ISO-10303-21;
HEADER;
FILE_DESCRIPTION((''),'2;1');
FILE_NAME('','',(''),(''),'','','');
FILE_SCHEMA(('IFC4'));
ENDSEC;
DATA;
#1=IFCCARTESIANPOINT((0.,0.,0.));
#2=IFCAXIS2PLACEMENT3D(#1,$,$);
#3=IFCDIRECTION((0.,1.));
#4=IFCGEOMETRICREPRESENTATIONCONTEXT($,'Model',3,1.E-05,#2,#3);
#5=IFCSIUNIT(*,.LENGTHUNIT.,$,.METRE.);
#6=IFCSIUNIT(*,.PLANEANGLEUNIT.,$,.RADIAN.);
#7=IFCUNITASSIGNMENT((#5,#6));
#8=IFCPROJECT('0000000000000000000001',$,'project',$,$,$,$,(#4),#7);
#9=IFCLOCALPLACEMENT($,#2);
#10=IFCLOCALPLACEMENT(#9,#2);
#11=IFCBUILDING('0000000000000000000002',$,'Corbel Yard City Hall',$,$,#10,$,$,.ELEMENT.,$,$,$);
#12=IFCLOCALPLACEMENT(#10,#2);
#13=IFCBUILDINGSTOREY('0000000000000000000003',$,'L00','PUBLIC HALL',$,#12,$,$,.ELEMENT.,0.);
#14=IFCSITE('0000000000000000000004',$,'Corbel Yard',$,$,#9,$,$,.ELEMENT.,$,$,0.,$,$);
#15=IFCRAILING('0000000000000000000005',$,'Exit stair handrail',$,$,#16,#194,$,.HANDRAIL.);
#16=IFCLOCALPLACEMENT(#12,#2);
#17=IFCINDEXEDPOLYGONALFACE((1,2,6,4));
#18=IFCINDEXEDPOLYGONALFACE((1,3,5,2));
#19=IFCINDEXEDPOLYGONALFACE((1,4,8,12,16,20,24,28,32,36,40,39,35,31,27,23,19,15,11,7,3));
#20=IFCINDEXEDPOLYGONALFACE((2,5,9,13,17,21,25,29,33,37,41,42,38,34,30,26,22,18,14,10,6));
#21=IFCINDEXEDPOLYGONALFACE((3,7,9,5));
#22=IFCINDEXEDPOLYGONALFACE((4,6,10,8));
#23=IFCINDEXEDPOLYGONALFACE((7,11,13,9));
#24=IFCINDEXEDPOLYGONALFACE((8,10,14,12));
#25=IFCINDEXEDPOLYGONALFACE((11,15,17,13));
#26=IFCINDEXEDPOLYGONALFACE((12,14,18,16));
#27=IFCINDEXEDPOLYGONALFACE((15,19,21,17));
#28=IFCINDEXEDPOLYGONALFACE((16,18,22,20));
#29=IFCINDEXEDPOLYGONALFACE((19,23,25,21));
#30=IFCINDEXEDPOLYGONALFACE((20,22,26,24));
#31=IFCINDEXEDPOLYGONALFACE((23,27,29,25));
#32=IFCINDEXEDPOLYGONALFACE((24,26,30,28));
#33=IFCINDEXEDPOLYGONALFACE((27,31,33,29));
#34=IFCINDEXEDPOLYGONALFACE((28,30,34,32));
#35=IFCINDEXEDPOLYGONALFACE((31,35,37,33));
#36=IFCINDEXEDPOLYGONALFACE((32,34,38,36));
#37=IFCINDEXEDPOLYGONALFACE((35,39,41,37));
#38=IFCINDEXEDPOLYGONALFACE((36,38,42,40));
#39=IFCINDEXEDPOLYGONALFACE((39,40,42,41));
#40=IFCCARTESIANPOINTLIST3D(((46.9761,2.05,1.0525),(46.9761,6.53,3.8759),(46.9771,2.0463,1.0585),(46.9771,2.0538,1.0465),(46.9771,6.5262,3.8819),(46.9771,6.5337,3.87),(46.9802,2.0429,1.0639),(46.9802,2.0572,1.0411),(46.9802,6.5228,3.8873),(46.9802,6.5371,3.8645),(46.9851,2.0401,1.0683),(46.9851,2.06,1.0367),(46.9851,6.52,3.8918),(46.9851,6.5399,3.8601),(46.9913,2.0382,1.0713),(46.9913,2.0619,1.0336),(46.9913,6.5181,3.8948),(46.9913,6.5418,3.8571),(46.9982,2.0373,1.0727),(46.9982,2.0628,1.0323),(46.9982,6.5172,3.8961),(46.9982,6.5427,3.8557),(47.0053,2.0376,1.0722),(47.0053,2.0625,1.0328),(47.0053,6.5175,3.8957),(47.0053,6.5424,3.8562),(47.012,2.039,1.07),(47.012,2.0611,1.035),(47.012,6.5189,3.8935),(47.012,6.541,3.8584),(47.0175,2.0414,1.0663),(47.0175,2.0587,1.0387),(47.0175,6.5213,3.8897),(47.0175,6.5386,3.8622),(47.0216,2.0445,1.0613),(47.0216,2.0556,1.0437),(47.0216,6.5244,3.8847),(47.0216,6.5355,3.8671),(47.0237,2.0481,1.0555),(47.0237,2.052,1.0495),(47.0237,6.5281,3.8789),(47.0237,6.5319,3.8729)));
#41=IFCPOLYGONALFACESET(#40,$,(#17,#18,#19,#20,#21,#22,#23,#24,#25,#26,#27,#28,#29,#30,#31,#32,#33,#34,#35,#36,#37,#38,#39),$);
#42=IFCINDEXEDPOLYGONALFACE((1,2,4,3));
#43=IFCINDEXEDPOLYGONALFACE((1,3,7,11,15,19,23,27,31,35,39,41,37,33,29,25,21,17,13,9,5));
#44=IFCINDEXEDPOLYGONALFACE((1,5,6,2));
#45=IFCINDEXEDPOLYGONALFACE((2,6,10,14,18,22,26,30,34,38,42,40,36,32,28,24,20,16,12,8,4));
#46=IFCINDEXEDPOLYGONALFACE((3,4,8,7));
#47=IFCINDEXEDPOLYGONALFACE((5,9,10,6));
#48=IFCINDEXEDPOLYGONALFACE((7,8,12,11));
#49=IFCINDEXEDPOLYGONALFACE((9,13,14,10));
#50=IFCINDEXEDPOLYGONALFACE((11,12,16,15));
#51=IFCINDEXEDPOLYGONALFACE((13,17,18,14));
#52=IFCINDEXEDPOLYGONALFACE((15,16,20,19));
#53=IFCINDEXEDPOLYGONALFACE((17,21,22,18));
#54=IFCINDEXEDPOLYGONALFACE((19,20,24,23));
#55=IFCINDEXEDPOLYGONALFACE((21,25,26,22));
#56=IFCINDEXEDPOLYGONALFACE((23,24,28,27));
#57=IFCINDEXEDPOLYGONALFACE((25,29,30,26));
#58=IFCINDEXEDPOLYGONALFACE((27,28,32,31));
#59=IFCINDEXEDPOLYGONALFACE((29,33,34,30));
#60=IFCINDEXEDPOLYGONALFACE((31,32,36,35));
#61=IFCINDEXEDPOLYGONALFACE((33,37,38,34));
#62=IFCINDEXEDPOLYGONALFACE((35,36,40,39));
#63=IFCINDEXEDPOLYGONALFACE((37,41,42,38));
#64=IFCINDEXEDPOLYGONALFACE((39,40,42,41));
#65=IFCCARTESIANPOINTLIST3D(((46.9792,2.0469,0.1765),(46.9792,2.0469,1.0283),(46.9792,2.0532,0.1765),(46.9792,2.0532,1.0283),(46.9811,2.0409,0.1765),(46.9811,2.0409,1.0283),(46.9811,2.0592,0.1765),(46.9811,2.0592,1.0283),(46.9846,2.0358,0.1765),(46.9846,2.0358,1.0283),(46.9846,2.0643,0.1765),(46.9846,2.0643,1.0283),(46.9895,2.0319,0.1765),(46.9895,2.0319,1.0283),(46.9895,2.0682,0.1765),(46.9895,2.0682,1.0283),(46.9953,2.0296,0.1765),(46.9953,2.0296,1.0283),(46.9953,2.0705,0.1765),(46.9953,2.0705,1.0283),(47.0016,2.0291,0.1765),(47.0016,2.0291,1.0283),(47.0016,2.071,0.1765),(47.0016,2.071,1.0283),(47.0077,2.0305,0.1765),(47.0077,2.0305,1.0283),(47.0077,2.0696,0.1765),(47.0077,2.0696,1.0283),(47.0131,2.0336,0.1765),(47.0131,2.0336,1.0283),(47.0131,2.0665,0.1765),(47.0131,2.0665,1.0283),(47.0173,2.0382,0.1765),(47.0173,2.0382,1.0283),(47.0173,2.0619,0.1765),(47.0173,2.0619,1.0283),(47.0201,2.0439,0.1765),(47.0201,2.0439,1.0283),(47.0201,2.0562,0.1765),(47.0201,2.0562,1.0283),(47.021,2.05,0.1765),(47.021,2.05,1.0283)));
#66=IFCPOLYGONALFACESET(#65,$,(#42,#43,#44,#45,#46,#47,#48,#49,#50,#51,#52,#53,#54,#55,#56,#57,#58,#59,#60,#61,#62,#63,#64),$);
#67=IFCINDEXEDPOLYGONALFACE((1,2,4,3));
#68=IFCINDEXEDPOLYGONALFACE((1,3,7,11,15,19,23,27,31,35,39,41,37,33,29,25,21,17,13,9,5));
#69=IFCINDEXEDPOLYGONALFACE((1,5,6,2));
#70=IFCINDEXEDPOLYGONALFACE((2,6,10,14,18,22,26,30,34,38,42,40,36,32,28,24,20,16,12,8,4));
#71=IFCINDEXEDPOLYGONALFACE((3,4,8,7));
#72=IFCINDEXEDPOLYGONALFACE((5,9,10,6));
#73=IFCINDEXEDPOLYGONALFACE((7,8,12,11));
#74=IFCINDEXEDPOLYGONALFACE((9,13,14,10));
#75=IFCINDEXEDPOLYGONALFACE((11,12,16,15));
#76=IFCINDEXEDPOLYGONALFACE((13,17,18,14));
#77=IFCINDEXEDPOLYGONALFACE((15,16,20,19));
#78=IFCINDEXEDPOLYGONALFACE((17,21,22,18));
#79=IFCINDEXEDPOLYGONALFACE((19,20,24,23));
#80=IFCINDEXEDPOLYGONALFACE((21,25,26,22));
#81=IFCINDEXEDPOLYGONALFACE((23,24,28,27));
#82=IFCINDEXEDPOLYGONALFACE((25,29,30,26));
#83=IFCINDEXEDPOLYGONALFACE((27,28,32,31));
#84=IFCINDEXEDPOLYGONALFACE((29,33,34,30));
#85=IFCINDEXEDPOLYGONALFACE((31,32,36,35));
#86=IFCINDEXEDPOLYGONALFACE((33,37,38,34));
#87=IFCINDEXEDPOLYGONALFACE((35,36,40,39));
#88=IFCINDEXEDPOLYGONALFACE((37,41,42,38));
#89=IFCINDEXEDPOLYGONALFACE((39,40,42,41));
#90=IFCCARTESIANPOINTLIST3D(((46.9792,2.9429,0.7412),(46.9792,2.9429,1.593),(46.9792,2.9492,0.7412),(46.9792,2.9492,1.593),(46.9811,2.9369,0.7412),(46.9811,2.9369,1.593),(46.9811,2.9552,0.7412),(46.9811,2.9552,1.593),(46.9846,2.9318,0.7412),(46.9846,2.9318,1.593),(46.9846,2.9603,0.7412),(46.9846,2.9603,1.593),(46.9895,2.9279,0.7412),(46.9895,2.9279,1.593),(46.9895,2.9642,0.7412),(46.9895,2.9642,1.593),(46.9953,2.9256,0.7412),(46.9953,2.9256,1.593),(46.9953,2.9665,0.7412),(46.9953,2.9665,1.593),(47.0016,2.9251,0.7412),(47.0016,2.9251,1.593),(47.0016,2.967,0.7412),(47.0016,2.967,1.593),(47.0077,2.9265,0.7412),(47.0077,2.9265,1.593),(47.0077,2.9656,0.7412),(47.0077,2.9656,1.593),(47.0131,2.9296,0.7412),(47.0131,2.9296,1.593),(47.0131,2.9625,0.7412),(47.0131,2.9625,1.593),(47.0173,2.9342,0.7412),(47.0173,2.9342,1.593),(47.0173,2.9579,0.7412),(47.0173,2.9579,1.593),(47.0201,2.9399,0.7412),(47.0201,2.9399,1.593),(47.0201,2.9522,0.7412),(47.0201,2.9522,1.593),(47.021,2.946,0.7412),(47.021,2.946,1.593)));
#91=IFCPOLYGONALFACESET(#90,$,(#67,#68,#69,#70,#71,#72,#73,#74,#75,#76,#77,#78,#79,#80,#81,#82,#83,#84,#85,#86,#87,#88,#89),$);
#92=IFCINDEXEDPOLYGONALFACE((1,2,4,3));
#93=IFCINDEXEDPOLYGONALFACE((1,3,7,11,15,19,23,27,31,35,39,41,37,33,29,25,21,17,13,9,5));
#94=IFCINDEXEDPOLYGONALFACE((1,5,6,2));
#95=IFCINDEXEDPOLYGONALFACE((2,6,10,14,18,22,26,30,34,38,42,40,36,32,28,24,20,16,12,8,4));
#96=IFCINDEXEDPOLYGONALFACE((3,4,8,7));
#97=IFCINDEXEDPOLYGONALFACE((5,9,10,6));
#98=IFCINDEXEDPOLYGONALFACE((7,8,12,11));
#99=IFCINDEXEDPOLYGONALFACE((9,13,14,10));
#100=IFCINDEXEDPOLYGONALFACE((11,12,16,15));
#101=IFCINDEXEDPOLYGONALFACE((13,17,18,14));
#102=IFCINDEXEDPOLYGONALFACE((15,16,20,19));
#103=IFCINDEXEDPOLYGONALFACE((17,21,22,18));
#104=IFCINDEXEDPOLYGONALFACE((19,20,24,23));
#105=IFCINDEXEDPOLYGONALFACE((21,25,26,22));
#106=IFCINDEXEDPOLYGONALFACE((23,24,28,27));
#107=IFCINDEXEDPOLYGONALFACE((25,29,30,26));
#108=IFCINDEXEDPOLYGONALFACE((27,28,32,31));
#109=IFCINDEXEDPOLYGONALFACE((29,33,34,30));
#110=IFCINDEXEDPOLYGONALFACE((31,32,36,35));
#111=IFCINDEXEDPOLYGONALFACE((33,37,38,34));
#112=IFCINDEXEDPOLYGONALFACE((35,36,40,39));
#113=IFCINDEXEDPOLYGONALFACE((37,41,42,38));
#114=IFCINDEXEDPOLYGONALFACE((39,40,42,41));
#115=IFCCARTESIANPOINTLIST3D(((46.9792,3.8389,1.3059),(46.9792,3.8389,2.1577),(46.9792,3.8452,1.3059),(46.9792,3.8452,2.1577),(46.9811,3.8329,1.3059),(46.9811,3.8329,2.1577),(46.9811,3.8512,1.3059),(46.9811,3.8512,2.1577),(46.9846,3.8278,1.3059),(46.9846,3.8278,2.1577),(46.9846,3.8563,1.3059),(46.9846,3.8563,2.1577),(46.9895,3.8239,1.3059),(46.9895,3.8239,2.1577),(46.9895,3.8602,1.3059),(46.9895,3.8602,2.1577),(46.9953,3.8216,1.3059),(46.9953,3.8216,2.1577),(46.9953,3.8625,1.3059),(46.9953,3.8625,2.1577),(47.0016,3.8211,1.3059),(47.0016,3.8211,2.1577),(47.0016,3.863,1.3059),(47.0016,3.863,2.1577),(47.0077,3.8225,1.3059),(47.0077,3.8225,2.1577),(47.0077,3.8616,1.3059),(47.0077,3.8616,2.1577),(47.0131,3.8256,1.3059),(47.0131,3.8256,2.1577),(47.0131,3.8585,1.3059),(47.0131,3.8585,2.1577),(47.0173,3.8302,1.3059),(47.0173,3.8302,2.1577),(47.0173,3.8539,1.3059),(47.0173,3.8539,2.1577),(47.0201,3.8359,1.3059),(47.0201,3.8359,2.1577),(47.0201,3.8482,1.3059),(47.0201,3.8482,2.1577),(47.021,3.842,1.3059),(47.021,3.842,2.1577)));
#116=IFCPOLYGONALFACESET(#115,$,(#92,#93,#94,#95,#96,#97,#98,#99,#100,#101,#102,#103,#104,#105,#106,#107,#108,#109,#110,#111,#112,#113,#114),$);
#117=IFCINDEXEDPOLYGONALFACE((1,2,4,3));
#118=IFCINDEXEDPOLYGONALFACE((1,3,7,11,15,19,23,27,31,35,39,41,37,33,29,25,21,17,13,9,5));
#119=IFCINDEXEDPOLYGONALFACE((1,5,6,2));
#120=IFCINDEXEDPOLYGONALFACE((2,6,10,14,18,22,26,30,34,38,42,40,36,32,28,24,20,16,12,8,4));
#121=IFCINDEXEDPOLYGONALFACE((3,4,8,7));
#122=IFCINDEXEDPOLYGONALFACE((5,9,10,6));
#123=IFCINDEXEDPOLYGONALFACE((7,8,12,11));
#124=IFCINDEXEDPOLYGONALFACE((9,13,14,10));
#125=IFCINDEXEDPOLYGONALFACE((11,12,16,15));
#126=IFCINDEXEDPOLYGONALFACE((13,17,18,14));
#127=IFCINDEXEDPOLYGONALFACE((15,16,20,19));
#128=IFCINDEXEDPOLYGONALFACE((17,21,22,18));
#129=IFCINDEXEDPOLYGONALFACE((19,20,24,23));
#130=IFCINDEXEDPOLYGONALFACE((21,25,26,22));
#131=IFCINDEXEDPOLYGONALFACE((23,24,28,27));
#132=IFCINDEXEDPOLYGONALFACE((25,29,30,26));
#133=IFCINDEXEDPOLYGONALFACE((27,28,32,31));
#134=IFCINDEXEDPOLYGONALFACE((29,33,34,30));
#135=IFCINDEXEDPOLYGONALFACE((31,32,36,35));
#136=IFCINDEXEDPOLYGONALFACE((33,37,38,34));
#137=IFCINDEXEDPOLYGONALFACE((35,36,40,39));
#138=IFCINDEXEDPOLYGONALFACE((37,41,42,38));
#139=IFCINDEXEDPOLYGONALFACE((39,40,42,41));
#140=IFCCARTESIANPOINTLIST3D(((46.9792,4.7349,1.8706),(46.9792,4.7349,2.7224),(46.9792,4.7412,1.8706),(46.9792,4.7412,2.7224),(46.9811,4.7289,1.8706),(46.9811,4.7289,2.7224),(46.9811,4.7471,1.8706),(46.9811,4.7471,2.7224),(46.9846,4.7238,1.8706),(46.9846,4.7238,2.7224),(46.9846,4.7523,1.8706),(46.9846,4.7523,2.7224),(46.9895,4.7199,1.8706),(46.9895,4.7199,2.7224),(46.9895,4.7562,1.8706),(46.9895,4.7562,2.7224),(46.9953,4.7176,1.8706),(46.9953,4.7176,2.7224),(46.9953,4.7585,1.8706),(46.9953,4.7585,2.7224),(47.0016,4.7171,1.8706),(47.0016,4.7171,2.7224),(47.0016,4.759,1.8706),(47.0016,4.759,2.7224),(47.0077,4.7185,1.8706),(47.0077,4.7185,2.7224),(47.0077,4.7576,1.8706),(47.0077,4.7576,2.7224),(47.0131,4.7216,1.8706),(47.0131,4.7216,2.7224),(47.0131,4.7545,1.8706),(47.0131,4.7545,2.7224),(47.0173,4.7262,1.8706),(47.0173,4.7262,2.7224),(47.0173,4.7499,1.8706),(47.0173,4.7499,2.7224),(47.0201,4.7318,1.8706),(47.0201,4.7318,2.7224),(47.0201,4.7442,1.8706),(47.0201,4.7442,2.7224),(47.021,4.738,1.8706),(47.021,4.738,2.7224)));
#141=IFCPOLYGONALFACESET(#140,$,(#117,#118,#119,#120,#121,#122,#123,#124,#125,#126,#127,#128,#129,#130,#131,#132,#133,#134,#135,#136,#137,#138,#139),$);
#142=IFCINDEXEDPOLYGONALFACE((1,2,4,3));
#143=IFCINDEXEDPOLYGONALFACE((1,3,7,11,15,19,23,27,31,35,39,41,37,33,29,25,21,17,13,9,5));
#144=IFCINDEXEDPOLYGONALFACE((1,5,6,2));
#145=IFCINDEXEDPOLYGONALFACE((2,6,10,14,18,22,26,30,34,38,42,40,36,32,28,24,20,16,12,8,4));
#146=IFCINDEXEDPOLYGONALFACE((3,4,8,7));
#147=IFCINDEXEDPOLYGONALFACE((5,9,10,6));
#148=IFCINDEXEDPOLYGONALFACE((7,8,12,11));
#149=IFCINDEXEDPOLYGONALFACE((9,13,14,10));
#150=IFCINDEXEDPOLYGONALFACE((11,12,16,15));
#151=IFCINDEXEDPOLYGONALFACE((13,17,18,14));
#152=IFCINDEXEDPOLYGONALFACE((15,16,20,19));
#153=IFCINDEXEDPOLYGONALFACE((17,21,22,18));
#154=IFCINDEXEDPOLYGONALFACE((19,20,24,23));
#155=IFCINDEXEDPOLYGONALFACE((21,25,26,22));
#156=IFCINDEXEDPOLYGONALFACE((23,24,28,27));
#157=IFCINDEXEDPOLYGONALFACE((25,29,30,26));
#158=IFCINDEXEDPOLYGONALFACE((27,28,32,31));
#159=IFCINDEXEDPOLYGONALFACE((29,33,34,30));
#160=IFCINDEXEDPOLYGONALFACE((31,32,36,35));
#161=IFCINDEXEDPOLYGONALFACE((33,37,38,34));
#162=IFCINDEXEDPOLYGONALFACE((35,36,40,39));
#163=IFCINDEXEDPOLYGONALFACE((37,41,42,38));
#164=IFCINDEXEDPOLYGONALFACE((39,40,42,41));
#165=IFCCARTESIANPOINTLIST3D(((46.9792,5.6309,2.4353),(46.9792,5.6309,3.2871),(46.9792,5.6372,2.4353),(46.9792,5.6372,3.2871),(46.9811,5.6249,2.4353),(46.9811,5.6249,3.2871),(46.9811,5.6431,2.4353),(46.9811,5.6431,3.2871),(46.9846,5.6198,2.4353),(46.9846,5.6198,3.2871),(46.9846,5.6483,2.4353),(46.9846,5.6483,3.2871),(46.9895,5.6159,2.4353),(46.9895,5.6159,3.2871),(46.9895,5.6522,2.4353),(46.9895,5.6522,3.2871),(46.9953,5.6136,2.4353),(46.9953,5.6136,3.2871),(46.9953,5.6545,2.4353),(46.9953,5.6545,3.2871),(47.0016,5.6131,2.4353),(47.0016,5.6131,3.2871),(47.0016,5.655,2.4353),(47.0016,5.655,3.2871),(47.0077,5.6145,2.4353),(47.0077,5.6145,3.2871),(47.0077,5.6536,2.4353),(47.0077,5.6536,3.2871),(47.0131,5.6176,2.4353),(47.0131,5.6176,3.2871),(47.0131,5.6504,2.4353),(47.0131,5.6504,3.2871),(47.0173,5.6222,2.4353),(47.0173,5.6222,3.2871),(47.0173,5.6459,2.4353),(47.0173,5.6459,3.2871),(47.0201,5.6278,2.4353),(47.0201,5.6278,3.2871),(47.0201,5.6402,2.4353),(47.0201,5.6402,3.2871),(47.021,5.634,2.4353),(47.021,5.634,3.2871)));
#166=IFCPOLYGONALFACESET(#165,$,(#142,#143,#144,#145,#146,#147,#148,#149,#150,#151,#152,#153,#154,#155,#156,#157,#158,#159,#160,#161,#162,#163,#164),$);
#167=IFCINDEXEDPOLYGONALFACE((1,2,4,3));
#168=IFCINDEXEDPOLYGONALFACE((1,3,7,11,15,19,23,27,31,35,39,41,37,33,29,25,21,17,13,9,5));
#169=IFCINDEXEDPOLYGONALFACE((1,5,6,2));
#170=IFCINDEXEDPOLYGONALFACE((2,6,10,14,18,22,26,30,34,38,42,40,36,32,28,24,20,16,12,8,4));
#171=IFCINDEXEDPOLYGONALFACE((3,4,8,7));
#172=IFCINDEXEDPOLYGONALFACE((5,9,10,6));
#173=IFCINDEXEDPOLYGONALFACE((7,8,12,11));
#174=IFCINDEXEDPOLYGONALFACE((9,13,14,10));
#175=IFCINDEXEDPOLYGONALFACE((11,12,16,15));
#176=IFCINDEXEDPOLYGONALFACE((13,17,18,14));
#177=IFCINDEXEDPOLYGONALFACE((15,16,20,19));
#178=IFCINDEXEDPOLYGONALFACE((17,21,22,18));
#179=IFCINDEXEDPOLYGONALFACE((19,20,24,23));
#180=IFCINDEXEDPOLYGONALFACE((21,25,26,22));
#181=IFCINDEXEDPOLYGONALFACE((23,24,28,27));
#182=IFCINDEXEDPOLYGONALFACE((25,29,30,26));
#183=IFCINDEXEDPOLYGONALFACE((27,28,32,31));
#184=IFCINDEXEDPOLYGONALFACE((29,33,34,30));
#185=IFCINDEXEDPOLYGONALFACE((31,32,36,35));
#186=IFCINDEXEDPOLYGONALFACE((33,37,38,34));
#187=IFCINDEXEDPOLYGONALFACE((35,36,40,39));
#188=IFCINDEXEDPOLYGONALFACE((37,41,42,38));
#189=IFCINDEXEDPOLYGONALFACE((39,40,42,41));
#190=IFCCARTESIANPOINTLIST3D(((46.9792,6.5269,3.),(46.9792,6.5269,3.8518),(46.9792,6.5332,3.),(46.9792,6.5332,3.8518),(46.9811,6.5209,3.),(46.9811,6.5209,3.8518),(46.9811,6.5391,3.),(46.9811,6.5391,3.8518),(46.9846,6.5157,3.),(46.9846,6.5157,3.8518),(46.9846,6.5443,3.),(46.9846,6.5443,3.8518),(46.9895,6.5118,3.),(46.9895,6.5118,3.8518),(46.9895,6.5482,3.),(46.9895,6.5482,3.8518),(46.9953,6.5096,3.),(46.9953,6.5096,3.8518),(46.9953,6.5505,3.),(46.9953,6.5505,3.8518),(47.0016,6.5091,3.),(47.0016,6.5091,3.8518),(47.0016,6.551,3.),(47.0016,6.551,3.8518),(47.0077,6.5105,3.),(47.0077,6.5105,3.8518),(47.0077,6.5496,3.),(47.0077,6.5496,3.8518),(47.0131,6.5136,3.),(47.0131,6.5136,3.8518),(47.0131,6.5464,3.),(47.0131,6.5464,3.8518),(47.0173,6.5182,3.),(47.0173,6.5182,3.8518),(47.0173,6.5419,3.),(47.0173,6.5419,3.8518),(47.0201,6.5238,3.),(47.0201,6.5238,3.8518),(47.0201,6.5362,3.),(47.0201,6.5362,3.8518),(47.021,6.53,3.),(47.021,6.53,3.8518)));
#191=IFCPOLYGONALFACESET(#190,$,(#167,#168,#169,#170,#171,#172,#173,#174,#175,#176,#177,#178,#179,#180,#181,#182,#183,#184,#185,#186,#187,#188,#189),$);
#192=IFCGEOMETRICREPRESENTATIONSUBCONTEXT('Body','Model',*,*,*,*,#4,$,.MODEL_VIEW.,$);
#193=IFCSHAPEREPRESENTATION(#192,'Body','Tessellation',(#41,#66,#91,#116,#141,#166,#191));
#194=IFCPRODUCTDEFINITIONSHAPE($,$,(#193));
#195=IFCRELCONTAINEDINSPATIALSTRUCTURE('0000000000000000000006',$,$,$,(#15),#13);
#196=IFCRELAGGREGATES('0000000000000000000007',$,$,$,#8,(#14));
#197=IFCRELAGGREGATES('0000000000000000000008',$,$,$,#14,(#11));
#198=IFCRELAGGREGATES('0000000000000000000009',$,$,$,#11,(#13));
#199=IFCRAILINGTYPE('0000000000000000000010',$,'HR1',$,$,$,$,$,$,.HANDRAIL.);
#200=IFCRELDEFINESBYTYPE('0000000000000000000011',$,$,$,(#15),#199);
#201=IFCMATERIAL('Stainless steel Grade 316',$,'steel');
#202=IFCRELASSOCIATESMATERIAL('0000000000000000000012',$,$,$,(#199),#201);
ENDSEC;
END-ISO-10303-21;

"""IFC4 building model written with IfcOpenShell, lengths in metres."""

from ifc_helpers import new_model, si_unit, direction, frame, origin, origin_2d, place, context, subcontext, project, spatial, circle, extrude, material, type_object, element, save


model = new_model("IFC4")

# Units and contexts
model_context = context("Model", 3, precision=1e-05, world=origin(), true_north=direction((0.0, 1.0)))
body_context = subcontext(model_context, "Body", "Model", "MODEL_VIEW")
ifc_project = project(units=[si_unit("LENGTHUNIT", "METRE"), si_unit("PLANEANGLEUNIT", "RADIAN")], contexts=[model_context])

# Site, building, storey
site_placement = place(None, origin())
site = spatial("IfcSite", under=ifc_project, at=site_placement, Name="Corbel Yard", CompositionType="ELEMENT", RefElevation=0.0)
building_placement = place(site_placement, origin())
building = spatial("IfcBuilding", under=site, at=building_placement, Name="Corbel Yard City Hall", CompositionType="ELEMENT")
storey_placement = place(building_placement, origin())
storey = spatial("IfcBuildingStorey", under=building, at=storey_placement, Name="L00", Description="PUBLIC HALL", CompositionType="ELEMENT", Elevation=0.0)

# Shared definitions
ifc_material_1 = material(Name="Stainless steel Grade 316", Category="steel")

# Railing
railing_type = type_object("IfcRailingType", Name="HR1", PredefinedType="HANDRAIL", material=ifc_material_1)
railing_1_placement = place(storey_placement, frame((47.0, 2.05, 0.1765)))
element("IfcRailing", 1, at=railing_1_placement, inside=storey, type_object=railing_type, Name="Exit stair handrail", PredefinedType="HANDRAIL", context=body_context, shape_type="SweptSolid", body=[
    extrude(circle(Radius=0.0239, at=origin_2d()), frame((0.0, 0.0, 0.876), z_axis=(0.0, 0.845998, 0.533186), x_axis=(-1.0, 0.0, 0.0)), (0.0, 0.0, 1.0), 5.2954),
    extrude(circle(Radius=0.021, at=origin_2d()), origin(), (0.0, 0.0, 1.0), 0.8518),
    extrude(circle(Radius=0.021, at=origin_2d()), frame((0.0, 0.896, 0.5647)), (0.0, 0.0, 1.0), 0.8518),
    extrude(circle(Radius=0.021, at=origin_2d()), frame((0.0, 1.792, 1.1294)), (0.0, 0.0, 1.0), 0.8518),
    extrude(circle(Radius=0.021, at=origin_2d()), frame((0.0, 2.688, 1.6941)), (0.0, 0.0, 1.0), 0.8518),
    extrude(circle(Radius=0.021, at=origin_2d()), frame((0.0, 3.584, 2.2588)), (0.0, 0.0, 1.0), 0.8518),
    extrude(circle(Radius=0.021, at=origin_2d()), frame((0.0, 4.48, 2.8235)), (0.0, 0.0, 1.0), 0.8518),
])

save(model, "model.ifc")
